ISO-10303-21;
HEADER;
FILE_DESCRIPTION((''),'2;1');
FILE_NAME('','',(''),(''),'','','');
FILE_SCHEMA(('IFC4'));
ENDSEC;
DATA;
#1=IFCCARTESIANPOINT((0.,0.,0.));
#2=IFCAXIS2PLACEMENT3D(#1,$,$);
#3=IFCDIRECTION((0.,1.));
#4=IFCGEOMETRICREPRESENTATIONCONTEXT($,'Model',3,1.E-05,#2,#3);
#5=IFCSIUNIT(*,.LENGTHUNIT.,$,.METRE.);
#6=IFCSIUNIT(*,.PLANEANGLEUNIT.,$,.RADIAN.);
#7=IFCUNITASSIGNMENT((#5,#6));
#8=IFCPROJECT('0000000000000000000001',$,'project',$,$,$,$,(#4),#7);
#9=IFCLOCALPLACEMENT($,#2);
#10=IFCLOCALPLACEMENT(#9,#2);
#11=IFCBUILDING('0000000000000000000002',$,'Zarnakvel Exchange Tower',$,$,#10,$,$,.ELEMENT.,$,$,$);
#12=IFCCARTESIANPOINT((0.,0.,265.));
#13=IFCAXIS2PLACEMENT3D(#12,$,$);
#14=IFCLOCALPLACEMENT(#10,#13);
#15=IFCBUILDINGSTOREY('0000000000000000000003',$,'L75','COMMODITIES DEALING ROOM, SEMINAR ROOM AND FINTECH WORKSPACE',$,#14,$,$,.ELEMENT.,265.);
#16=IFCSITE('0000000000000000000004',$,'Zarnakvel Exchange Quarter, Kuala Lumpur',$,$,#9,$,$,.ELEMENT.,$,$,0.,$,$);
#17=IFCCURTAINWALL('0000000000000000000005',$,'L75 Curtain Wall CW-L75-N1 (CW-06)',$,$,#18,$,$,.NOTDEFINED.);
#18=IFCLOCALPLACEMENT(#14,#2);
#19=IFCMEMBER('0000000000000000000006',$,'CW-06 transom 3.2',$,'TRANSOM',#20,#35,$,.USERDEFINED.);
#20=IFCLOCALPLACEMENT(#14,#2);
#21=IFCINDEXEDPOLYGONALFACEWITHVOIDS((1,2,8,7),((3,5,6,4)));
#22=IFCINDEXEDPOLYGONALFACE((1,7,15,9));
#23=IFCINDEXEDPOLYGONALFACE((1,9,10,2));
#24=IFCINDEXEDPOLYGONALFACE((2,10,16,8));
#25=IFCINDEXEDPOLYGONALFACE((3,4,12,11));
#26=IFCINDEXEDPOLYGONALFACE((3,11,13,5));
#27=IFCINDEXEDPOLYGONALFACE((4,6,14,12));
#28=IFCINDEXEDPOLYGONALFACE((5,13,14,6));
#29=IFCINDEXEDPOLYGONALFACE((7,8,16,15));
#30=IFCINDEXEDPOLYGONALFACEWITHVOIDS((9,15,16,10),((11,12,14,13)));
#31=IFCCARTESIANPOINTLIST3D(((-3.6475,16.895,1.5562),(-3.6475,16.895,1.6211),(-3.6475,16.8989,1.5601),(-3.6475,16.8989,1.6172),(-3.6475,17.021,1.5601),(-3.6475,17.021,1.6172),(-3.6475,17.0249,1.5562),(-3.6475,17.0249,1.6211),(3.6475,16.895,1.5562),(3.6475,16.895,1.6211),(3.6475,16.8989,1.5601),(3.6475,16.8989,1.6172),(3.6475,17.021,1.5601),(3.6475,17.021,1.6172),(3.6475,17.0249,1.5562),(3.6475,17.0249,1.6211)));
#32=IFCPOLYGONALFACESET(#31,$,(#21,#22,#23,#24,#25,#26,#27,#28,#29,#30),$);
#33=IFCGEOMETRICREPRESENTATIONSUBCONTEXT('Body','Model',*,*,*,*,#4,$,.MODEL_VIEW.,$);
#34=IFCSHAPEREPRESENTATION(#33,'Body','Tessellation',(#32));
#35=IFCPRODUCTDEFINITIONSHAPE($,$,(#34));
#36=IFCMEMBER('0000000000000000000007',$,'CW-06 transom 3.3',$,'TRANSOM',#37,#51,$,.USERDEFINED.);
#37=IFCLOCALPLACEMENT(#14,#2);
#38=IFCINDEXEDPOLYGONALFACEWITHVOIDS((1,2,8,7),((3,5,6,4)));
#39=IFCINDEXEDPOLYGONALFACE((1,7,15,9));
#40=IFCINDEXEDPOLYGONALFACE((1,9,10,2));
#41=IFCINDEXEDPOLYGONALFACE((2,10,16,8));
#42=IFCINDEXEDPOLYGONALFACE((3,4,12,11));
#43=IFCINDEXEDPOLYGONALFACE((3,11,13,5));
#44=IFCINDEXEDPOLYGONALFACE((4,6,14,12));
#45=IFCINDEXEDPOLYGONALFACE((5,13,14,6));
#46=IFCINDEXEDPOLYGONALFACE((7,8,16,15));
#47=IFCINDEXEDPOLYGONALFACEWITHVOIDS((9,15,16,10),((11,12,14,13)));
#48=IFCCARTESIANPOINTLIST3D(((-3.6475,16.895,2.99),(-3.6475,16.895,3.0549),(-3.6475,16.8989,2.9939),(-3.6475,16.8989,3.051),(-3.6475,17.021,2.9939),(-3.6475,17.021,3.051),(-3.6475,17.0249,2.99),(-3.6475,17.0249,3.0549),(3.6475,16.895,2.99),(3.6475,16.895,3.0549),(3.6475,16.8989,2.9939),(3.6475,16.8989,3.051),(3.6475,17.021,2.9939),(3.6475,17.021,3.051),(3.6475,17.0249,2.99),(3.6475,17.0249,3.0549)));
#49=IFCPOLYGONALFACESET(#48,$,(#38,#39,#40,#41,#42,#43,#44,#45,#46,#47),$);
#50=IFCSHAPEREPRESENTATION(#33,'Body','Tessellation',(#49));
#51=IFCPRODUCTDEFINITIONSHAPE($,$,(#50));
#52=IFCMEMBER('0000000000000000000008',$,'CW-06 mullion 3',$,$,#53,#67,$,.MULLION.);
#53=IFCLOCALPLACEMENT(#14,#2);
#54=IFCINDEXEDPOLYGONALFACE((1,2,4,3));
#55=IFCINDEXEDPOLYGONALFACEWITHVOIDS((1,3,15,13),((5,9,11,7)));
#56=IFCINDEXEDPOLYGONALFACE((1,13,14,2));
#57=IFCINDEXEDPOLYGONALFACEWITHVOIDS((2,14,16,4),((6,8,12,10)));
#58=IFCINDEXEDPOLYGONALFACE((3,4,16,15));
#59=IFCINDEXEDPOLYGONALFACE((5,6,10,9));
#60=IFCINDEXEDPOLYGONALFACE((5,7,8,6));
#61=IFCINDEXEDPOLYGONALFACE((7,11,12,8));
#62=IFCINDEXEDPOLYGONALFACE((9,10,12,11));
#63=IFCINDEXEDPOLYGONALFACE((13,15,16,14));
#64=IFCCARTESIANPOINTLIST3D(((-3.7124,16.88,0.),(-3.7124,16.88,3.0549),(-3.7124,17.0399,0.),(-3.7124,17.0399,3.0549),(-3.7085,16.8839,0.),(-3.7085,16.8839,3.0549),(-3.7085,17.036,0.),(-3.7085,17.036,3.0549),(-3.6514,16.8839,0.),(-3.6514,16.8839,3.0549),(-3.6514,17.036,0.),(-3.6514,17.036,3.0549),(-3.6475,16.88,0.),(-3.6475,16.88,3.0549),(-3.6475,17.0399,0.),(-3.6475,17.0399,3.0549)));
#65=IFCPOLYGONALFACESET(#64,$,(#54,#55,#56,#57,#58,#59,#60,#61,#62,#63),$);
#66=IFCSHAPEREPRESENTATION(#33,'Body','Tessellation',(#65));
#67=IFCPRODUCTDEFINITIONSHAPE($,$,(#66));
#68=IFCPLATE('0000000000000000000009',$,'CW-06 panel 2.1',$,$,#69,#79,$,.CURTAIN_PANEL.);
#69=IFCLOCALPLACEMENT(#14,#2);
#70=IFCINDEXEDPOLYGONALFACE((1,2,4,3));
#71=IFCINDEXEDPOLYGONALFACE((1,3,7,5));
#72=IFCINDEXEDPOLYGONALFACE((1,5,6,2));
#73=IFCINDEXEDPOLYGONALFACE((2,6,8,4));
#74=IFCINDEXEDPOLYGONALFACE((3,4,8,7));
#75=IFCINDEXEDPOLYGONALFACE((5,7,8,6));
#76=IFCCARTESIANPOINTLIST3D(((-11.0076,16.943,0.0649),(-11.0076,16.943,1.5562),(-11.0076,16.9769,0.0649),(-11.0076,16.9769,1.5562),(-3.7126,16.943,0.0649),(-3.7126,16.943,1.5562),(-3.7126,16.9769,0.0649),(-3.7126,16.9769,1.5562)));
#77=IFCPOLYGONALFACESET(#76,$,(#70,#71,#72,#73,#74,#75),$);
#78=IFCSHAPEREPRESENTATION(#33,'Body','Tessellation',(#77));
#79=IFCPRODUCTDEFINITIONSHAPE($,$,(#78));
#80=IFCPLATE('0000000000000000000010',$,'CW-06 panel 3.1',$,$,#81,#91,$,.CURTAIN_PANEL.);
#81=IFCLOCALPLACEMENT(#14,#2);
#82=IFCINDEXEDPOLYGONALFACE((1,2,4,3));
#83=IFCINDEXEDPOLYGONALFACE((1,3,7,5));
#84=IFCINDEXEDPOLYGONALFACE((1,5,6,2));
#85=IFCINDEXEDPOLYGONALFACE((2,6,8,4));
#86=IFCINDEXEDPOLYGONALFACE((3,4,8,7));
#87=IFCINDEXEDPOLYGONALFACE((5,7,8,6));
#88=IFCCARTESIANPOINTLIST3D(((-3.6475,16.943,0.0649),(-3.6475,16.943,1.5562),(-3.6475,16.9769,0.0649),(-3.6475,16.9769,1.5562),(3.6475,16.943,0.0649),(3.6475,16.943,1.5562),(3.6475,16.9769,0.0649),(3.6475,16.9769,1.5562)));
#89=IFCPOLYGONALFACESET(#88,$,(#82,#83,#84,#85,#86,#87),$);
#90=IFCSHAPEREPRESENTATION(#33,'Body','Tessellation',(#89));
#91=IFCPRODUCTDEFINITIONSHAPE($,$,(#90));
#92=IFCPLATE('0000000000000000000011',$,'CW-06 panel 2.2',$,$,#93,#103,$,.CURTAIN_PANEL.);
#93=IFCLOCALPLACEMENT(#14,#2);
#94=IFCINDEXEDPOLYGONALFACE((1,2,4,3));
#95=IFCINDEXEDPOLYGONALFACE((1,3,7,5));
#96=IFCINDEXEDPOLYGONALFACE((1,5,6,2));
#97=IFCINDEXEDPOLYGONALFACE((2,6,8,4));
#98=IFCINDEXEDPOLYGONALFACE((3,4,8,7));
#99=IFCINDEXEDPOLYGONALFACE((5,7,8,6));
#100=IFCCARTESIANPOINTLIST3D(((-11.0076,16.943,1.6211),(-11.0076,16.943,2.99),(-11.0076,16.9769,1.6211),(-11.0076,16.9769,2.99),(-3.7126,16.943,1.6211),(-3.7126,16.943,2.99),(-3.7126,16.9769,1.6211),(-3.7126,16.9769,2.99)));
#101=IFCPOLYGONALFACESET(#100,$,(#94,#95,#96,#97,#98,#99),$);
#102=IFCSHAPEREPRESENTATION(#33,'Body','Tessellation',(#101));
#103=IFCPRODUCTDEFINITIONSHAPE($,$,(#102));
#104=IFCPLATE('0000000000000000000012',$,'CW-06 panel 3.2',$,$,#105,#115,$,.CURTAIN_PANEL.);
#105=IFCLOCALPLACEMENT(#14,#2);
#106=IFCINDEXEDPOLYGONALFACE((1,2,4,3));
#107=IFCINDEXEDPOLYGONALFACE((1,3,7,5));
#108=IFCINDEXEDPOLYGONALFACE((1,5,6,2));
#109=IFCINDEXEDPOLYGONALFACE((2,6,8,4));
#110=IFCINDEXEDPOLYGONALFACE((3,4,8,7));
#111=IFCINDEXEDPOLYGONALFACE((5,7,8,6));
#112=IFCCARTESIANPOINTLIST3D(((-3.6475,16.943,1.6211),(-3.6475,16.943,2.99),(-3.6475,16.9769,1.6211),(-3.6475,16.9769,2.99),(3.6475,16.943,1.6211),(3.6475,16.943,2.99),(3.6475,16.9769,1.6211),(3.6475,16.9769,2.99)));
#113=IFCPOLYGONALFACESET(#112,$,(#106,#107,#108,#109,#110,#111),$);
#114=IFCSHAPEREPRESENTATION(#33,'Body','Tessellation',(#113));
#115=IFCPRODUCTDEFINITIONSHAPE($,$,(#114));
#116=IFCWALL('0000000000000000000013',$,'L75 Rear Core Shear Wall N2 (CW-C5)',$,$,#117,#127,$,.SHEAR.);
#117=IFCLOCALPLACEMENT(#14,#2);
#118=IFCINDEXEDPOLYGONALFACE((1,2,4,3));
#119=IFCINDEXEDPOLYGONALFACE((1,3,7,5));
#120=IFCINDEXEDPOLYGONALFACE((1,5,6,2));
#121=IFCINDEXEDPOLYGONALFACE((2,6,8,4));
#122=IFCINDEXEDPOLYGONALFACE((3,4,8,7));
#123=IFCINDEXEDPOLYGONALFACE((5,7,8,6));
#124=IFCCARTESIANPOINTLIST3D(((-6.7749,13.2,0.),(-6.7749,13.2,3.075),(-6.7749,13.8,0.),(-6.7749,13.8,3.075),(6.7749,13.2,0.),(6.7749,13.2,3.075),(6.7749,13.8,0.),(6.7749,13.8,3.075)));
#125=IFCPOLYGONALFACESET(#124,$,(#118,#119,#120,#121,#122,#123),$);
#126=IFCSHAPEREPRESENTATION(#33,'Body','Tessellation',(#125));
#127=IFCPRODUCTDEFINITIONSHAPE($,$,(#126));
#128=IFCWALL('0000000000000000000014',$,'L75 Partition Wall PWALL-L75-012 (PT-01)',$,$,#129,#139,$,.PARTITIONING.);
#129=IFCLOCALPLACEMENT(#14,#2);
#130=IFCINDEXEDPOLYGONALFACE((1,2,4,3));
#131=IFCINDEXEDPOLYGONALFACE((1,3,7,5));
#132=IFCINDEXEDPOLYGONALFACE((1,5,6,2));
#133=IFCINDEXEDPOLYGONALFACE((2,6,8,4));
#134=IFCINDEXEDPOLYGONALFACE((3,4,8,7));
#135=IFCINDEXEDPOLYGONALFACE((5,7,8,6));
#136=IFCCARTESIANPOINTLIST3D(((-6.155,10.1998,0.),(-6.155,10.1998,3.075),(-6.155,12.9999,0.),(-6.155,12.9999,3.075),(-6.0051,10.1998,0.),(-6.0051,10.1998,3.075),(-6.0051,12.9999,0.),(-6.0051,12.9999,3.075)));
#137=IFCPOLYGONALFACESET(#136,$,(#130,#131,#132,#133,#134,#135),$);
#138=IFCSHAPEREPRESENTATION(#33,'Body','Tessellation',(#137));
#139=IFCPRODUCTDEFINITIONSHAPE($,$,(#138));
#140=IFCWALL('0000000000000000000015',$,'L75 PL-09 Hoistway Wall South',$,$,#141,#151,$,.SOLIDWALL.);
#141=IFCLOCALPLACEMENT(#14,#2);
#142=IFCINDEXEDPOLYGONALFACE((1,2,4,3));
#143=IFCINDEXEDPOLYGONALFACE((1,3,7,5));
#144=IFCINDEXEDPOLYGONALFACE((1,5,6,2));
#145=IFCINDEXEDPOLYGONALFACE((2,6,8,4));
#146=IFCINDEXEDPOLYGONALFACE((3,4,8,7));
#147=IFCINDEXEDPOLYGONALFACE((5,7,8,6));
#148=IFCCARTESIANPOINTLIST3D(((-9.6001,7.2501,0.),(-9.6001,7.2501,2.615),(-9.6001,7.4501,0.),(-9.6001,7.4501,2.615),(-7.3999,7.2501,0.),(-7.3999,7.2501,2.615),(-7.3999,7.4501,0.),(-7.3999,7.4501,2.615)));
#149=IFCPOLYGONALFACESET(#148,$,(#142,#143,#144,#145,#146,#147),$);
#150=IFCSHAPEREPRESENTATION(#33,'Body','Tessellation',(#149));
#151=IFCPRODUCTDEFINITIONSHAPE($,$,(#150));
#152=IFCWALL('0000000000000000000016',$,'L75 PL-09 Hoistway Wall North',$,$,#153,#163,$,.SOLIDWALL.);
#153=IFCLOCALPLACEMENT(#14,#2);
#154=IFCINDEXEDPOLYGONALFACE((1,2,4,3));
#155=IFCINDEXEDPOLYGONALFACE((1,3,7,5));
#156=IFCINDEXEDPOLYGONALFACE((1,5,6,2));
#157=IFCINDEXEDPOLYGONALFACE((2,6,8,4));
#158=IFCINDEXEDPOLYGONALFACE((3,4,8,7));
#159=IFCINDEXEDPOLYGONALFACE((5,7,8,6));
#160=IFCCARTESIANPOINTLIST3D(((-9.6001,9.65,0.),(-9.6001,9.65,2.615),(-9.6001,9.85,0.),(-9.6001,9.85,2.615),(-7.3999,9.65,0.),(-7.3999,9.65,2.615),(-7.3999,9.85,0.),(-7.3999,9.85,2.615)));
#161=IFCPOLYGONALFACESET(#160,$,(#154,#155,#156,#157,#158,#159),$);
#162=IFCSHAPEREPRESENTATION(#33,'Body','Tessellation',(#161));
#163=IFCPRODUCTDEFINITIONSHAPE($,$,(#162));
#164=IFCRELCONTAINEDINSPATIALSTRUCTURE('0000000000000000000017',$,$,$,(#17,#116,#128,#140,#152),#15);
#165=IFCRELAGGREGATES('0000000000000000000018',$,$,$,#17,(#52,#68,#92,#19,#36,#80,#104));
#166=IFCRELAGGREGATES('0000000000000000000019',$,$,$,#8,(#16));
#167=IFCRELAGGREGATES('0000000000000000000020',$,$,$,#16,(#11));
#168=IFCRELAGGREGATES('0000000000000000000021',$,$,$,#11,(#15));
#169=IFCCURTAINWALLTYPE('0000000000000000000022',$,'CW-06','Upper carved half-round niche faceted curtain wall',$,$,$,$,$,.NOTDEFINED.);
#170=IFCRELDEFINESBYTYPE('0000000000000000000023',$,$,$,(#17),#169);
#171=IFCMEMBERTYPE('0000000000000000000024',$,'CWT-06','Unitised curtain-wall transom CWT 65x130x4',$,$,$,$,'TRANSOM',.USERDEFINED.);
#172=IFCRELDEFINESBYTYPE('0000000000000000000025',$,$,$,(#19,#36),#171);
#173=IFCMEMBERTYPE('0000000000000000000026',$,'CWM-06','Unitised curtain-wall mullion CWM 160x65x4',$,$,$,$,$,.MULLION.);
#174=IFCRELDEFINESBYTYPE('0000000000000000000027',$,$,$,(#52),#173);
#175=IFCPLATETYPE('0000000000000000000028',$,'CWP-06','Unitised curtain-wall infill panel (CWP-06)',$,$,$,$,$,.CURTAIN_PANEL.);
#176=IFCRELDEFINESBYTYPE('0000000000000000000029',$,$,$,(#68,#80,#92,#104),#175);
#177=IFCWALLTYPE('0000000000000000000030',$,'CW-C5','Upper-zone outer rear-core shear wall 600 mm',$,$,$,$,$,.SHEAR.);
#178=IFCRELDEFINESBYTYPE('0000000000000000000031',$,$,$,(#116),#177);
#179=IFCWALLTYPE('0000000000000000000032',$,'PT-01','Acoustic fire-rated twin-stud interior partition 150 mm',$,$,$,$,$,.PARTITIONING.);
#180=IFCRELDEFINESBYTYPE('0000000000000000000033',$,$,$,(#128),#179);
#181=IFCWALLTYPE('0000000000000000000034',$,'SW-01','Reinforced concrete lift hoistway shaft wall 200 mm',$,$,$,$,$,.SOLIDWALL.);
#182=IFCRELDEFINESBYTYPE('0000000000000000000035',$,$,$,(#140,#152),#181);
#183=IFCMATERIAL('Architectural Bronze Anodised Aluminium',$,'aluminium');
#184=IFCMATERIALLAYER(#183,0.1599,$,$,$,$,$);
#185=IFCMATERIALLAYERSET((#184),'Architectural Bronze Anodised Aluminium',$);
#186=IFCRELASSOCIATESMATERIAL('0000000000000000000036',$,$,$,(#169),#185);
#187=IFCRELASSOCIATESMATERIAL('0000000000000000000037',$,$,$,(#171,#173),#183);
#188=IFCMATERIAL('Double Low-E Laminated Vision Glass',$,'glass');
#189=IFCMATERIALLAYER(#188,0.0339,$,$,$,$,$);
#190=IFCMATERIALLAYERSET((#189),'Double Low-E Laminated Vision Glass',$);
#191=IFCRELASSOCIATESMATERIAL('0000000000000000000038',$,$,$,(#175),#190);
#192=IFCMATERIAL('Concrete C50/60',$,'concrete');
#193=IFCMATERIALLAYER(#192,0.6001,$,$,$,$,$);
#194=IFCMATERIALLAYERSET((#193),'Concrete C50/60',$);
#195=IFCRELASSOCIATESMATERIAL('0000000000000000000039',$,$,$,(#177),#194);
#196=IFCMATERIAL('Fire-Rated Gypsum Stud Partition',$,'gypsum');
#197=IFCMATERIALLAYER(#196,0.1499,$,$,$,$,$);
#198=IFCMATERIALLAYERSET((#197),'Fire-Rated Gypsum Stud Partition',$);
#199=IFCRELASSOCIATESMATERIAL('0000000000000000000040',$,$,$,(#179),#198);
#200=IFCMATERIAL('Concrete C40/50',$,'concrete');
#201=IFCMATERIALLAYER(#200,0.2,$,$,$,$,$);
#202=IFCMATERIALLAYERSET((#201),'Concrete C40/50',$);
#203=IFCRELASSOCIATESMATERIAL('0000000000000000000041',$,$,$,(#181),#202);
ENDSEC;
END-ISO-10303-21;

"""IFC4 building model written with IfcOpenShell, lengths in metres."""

from ifc_helpers import new_model, si_unit, direction, frame, frame_2d, origin, origin_2d, place, context, subcontext, project, spatial, rectangle, hollow_rectangle, extrude, source, transform, mapped, material, layer, layer_set, material_profile, profile_set, type_object, element, aggregate, save


model = new_model("IFC4")

# Units and contexts
model_context = context("Model", 3, precision=1e-05, world=origin(), true_north=direction((0.0, 1.0)))
body_context = subcontext(model_context, "Body", "Model", "MODEL_VIEW")
ifc_project = project(units=[si_unit("LENGTHUNIT", "METRE"), si_unit("PLANEANGLEUNIT", "RADIAN")], contexts=[model_context])

# Site, building, storey
site_placement = place(None, origin())
site = spatial("IfcSite", under=ifc_project, at=site_placement, Name="Zarnakvel Exchange Quarter, Kuala Lumpur", CompositionType="ELEMENT", RefElevation=0.0)
building_placement = place(site_placement, origin())
building = spatial("IfcBuilding", under=site, at=building_placement, Name="Zarnakvel Exchange Tower", CompositionType="ELEMENT")
storey_placement = place(building_placement, frame((0.0, 0.0, 265.0)))
storey = spatial("IfcBuildingStorey", under=building, at=storey_placement, Name="L75", Description="COMMODITIES DEALING ROOM, SEMINAR ROOM AND FINTECH WORKSPACE", CompositionType="ELEMENT", Elevation=265.0)

# Shared definitions
ifc_material_1 = material(Name="Concrete C50/60", Category="concrete")

# Curtain wall, members, plates
ifc_material_2 = material(Name="Architectural Bronze Anodised Aluminium", Category="aluminium")
ifc_layer_1 = layer(ifc_material_2, 0.1599)
ifc_layer_set_1 = layer_set([ifc_layer_1], Name="Architectural Bronze Anodised Aluminium")
curtain_wall_type = type_object("IfcCurtainWallType", Name="CW-06", Description="Upper carved half-round niche faceted curtain wall", PredefinedType="NOTDEFINED", material=ifc_layer_set_1)
curtain_wall_placement = place(storey_placement, origin())
curtain_wall = element("IfcCurtainWall", 1, at=curtain_wall_placement, inside=storey, type_object=curtain_wall_type, Name="L75 Curtain Wall CW-L75-N1 (CW-06)", PredefinedType="NOTDEFINED")
ifc_material_profile_1 = material_profile(ifc_material_2, hollow_rectangle(XDim=0.1299, YDim=0.0649, WallThickness=0.0039, at=origin_2d()))
ifc_profile_set_1 = profile_set([ifc_material_profile_1], Name="Architectural Bronze Anodised Aluminium")
member_type_1 = type_object("IfcMemberType", Name="CWT-06", Description="Unitised curtain-wall transom CWT 65x130x4", ElementType="TRANSOM", PredefinedType="USERDEFINED", material=ifc_profile_set_1)
shared_shape_1 = source(origin(), body_context, "Body", "SweptSolid", [
    extrude(hollow_rectangle(XDim=0.1299, YDim=0.0649, WallThickness=0.0039, at=origin_2d()), origin(), (0.0, 0.0, 1.0), 7.2949),
])
member_1_placement = place(storey_placement, frame((-3.6475, 16.96, 1.5886), z_axis=(1.0, 0.0, 0.0), x_axis=(0.0, 1.0, 0.0)))
member_1 = element("IfcMember", 2, at=member_1_placement, type_object=member_type_1, Name="CW-06 transom 3.2", ObjectType="TRANSOM", PredefinedType="USERDEFINED", context=body_context, shape_type="MappedRepresentation", body=[
    mapped(shared_shape_1, transform((0.0, 0.0, 0.0), x_axis=(1.0, 0.0, 0.0), y_axis=(0.0, 1.0, 0.0), z_axis=(0.0, 0.0, 1.0), scale=1.0)),
])
member_2_placement = place(storey_placement, frame((-3.6475, 16.96, 3.0225), z_axis=(1.0, 0.0, 0.0), x_axis=(0.0, 1.0, 0.0)))
member_2 = element("IfcMember", 3, at=member_2_placement, type_object=member_type_1, Name="CW-06 transom 3.3", ObjectType="TRANSOM", PredefinedType="USERDEFINED", context=body_context, shape_type="MappedRepresentation", body=[
    mapped(shared_shape_1, transform((0.0, 0.0, 0.0), x_axis=(1.0, 0.0, 0.0), y_axis=(0.0, 1.0, 0.0), z_axis=(0.0, 0.0, 1.0), scale=1.0)),
])
ifc_material_profile_2 = material_profile(ifc_material_2, hollow_rectangle(XDim=0.1599, YDim=0.0649, WallThickness=0.0039, at=origin_2d()))
ifc_profile_set_2 = profile_set([ifc_material_profile_2], Name="Architectural Bronze Anodised Aluminium")
member_type_2 = type_object("IfcMemberType", Name="CWM-06", Description="Unitised curtain-wall mullion CWM 160x65x4", PredefinedType="MULLION", material=ifc_profile_set_2)
shared_shape_2 = source(origin(), body_context, "Body", "SweptSolid", [
    extrude(hollow_rectangle(XDim=0.1599, YDim=0.0649, WallThickness=0.0039, at=origin_2d()), origin(), (0.0, 0.0, 1.0), 3.0549),
])
member_3_placement = place(storey_placement, frame((-3.6799, 16.96, 0.0), z_axis=(0.0, 0.0, 1.0), x_axis=(0.0, 1.0, 0.0)))
member_3 = element("IfcMember", 4, at=member_3_placement, type_object=member_type_2, Name="CW-06 mullion 3", PredefinedType="MULLION", context=body_context, shape_type="MappedRepresentation", body=[
    mapped(shared_shape_2, transform((0.0, 0.0, 0.0), x_axis=(1.0, 0.0, 0.0), y_axis=(0.0, 1.0, 0.0), z_axis=(0.0, 0.0, 1.0), scale=1.0)),
])
ifc_material_3 = material(Name="Double Low-E Laminated Vision Glass", Category="glass")
ifc_layer_2 = layer(ifc_material_3, 0.0339)
ifc_layer_set_2 = layer_set([ifc_layer_2], Name="Double Low-E Laminated Vision Glass")
plate_type = type_object("IfcPlateType", Name="CWP-06", Description="Unitised curtain-wall infill panel (CWP-06)", PredefinedType="CURTAIN_PANEL", material=ifc_layer_set_2)
shared_shape_3 = source(origin(), body_context, "Body", "SweptSolid", [
    extrude(rectangle(XDim=7.2949, YDim=0.0339, at=origin_2d()), origin(), (0.0, 0.0, 1.0), 1.4912),
])
plate_1_placement = place(storey_placement, frame((-7.3601, 16.96, 0.0649), z_axis=(0.0, 0.0, 1.0), x_axis=(1.0, 0.0, 0.0)))
plate_1 = element("IfcPlate", 5, at=plate_1_placement, type_object=plate_type, Name="CW-06 panel 2.1", PredefinedType="CURTAIN_PANEL", context=body_context, shape_type="MappedRepresentation", body=[
    mapped(shared_shape_3, transform((0.0, 0.0, 0.0), x_axis=(1.0, 0.0, 0.0), y_axis=(0.0, 1.0, 0.0), z_axis=(0.0, 0.0, 1.0), scale=1.0)),
])
plate_2_placement = place(storey_placement, frame((0.0, 16.96, 0.0649), z_axis=(0.0, 0.0, 1.0), x_axis=(1.0, 0.0, 0.0)))
plate_2 = element("IfcPlate", 6, at=plate_2_placement, type_object=plate_type, Name="CW-06 panel 3.1", PredefinedType="CURTAIN_PANEL", context=body_context, shape_type="MappedRepresentation", body=[
    mapped(shared_shape_3, transform((0.0, 0.0, 0.0), x_axis=(1.0, 0.0, 0.0), y_axis=(0.0, 1.0, 0.0), z_axis=(0.0, 0.0, 1.0), scale=1.0)),
])
shared_shape_4 = source(origin(), body_context, "Body", "SweptSolid", [
    extrude(rectangle(XDim=7.2949, YDim=0.0339, at=origin_2d()), origin(), (0.0, 0.0, 1.0), 1.3689),
])
plate_3_placement = place(storey_placement, frame((-7.3601, 16.96, 1.6211), z_axis=(0.0, 0.0, 1.0), x_axis=(1.0, 0.0, 0.0)))
plate_3 = element("IfcPlate", 7, at=plate_3_placement, type_object=plate_type, Name="CW-06 panel 2.2", PredefinedType="CURTAIN_PANEL", context=body_context, shape_type="MappedRepresentation", body=[
    mapped(shared_shape_4, transform((0.0, 0.0, 0.0), x_axis=(1.0, 0.0, 0.0), y_axis=(0.0, 1.0, 0.0), z_axis=(0.0, 0.0, 1.0), scale=1.0)),
])
plate_4_placement = place(storey_placement, frame((0.0, 16.96, 1.6211), z_axis=(0.0, 0.0, 1.0), x_axis=(1.0, 0.0, 0.0)))
plate_4 = element("IfcPlate", 8, at=plate_4_placement, type_object=plate_type, Name="CW-06 panel 3.2", PredefinedType="CURTAIN_PANEL", context=body_context, shape_type="MappedRepresentation", body=[
    mapped(shared_shape_4, transform((0.0, 0.0, 0.0), x_axis=(1.0, 0.0, 0.0), y_axis=(0.0, 1.0, 0.0), z_axis=(0.0, 0.0, 1.0), scale=1.0)),
])
aggregate(curtain_wall, [member_3, plate_1, plate_3, member_1, member_2, plate_2, plate_4])

# Walls
ifc_layer_3 = layer(ifc_material_1, 0.6001)
ifc_layer_set_3 = layer_set([ifc_layer_3], Name="Concrete C50/60")
wall_type_1 = type_object("IfcWallType", Name="CW-C5", Description="Upper-zone outer rear-core shear wall 600 mm", PredefinedType="SHEAR", material=ifc_layer_set_3)
wall_1_placement = place(storey_placement, frame((-6.7749, 13.5, 0.0), z_axis=(0.0, 0.0, 1.0), x_axis=(1.0, 0.0, 0.0)))
element("IfcWall", 9, at=wall_1_placement, inside=storey, type_object=wall_type_1, Name="L75 Rear Core Shear Wall N2 (CW-C5)", PredefinedType="SHEAR", context=body_context, shape_type="SweptSolid", body=[
    extrude(rectangle(XDim=13.5498, YDim=0.6001, at=frame_2d((6.7749, 0.0))), origin(), (0.0, 0.0, 1.0), 3.075),
])
ifc_material_4 = material(Name="Fire-Rated Gypsum Stud Partition", Category="gypsum")
ifc_layer_4 = layer(ifc_material_4, 0.1499)
ifc_layer_set_4 = layer_set([ifc_layer_4], Name="Fire-Rated Gypsum Stud Partition")
wall_type_2 = type_object("IfcWallType", Name="PT-01", Description="Acoustic fire-rated twin-stud interior partition 150 mm", PredefinedType="PARTITIONING", material=ifc_layer_set_4)
wall_2_placement = place(storey_placement, frame((-6.0801, 10.2, 0.0), z_axis=(0.0, 0.0, 1.0), x_axis=(0.0, 1.0, 0.0)))
element("IfcWall", 10, at=wall_2_placement, inside=storey, type_object=wall_type_2, Name="L75 Partition Wall PWALL-L75-012 (PT-01)", PredefinedType="PARTITIONING", context=body_context, shape_type="SweptSolid", body=[
    extrude(rectangle(XDim=2.8, YDim=0.1499, at=frame_2d((1.3999, 0.0))), origin(), (0.0, 0.0, 1.0), 3.075),
])
ifc_material_5 = material(Name="Concrete C40/50", Category="concrete")
ifc_layer_5 = layer(ifc_material_5, 0.2)
ifc_layer_set_5 = layer_set([ifc_layer_5], Name="Concrete C40/50")
wall_type_3 = type_object("IfcWallType", Name="SW-01", Description="Reinforced concrete lift hoistway shaft wall 200 mm", PredefinedType="SOLIDWALL", material=ifc_layer_set_5)
for number, where, z_axis, x_axis, name in (
    (11, (-7.3999, 7.3501, 0.0), (0.0, 0.0, 1.0), (-1.0, 0.0, 0.0), "L75 PL-09 Hoistway Wall South"),
    (12, (-9.6001, 9.75, 0.0), (0.0, 0.0, 1.0), (1.0, 0.0, 0.0), "L75 PL-09 Hoistway Wall North"),
):
    element("IfcWall", number, at=place(storey_placement, frame(where, z_axis=z_axis, x_axis=x_axis)), inside=storey, type_object=wall_type_3, Name=name, PredefinedType="SOLIDWALL", context=body_context, shape_type="SweptSolid", body=[
        extrude(rectangle(XDim=2.2002, YDim=0.2, at=frame_2d((1.1001, 0.0))), origin(), (0.0, 0.0, 1.0), 2.615),
    ])

save(model, "model.ifc")
